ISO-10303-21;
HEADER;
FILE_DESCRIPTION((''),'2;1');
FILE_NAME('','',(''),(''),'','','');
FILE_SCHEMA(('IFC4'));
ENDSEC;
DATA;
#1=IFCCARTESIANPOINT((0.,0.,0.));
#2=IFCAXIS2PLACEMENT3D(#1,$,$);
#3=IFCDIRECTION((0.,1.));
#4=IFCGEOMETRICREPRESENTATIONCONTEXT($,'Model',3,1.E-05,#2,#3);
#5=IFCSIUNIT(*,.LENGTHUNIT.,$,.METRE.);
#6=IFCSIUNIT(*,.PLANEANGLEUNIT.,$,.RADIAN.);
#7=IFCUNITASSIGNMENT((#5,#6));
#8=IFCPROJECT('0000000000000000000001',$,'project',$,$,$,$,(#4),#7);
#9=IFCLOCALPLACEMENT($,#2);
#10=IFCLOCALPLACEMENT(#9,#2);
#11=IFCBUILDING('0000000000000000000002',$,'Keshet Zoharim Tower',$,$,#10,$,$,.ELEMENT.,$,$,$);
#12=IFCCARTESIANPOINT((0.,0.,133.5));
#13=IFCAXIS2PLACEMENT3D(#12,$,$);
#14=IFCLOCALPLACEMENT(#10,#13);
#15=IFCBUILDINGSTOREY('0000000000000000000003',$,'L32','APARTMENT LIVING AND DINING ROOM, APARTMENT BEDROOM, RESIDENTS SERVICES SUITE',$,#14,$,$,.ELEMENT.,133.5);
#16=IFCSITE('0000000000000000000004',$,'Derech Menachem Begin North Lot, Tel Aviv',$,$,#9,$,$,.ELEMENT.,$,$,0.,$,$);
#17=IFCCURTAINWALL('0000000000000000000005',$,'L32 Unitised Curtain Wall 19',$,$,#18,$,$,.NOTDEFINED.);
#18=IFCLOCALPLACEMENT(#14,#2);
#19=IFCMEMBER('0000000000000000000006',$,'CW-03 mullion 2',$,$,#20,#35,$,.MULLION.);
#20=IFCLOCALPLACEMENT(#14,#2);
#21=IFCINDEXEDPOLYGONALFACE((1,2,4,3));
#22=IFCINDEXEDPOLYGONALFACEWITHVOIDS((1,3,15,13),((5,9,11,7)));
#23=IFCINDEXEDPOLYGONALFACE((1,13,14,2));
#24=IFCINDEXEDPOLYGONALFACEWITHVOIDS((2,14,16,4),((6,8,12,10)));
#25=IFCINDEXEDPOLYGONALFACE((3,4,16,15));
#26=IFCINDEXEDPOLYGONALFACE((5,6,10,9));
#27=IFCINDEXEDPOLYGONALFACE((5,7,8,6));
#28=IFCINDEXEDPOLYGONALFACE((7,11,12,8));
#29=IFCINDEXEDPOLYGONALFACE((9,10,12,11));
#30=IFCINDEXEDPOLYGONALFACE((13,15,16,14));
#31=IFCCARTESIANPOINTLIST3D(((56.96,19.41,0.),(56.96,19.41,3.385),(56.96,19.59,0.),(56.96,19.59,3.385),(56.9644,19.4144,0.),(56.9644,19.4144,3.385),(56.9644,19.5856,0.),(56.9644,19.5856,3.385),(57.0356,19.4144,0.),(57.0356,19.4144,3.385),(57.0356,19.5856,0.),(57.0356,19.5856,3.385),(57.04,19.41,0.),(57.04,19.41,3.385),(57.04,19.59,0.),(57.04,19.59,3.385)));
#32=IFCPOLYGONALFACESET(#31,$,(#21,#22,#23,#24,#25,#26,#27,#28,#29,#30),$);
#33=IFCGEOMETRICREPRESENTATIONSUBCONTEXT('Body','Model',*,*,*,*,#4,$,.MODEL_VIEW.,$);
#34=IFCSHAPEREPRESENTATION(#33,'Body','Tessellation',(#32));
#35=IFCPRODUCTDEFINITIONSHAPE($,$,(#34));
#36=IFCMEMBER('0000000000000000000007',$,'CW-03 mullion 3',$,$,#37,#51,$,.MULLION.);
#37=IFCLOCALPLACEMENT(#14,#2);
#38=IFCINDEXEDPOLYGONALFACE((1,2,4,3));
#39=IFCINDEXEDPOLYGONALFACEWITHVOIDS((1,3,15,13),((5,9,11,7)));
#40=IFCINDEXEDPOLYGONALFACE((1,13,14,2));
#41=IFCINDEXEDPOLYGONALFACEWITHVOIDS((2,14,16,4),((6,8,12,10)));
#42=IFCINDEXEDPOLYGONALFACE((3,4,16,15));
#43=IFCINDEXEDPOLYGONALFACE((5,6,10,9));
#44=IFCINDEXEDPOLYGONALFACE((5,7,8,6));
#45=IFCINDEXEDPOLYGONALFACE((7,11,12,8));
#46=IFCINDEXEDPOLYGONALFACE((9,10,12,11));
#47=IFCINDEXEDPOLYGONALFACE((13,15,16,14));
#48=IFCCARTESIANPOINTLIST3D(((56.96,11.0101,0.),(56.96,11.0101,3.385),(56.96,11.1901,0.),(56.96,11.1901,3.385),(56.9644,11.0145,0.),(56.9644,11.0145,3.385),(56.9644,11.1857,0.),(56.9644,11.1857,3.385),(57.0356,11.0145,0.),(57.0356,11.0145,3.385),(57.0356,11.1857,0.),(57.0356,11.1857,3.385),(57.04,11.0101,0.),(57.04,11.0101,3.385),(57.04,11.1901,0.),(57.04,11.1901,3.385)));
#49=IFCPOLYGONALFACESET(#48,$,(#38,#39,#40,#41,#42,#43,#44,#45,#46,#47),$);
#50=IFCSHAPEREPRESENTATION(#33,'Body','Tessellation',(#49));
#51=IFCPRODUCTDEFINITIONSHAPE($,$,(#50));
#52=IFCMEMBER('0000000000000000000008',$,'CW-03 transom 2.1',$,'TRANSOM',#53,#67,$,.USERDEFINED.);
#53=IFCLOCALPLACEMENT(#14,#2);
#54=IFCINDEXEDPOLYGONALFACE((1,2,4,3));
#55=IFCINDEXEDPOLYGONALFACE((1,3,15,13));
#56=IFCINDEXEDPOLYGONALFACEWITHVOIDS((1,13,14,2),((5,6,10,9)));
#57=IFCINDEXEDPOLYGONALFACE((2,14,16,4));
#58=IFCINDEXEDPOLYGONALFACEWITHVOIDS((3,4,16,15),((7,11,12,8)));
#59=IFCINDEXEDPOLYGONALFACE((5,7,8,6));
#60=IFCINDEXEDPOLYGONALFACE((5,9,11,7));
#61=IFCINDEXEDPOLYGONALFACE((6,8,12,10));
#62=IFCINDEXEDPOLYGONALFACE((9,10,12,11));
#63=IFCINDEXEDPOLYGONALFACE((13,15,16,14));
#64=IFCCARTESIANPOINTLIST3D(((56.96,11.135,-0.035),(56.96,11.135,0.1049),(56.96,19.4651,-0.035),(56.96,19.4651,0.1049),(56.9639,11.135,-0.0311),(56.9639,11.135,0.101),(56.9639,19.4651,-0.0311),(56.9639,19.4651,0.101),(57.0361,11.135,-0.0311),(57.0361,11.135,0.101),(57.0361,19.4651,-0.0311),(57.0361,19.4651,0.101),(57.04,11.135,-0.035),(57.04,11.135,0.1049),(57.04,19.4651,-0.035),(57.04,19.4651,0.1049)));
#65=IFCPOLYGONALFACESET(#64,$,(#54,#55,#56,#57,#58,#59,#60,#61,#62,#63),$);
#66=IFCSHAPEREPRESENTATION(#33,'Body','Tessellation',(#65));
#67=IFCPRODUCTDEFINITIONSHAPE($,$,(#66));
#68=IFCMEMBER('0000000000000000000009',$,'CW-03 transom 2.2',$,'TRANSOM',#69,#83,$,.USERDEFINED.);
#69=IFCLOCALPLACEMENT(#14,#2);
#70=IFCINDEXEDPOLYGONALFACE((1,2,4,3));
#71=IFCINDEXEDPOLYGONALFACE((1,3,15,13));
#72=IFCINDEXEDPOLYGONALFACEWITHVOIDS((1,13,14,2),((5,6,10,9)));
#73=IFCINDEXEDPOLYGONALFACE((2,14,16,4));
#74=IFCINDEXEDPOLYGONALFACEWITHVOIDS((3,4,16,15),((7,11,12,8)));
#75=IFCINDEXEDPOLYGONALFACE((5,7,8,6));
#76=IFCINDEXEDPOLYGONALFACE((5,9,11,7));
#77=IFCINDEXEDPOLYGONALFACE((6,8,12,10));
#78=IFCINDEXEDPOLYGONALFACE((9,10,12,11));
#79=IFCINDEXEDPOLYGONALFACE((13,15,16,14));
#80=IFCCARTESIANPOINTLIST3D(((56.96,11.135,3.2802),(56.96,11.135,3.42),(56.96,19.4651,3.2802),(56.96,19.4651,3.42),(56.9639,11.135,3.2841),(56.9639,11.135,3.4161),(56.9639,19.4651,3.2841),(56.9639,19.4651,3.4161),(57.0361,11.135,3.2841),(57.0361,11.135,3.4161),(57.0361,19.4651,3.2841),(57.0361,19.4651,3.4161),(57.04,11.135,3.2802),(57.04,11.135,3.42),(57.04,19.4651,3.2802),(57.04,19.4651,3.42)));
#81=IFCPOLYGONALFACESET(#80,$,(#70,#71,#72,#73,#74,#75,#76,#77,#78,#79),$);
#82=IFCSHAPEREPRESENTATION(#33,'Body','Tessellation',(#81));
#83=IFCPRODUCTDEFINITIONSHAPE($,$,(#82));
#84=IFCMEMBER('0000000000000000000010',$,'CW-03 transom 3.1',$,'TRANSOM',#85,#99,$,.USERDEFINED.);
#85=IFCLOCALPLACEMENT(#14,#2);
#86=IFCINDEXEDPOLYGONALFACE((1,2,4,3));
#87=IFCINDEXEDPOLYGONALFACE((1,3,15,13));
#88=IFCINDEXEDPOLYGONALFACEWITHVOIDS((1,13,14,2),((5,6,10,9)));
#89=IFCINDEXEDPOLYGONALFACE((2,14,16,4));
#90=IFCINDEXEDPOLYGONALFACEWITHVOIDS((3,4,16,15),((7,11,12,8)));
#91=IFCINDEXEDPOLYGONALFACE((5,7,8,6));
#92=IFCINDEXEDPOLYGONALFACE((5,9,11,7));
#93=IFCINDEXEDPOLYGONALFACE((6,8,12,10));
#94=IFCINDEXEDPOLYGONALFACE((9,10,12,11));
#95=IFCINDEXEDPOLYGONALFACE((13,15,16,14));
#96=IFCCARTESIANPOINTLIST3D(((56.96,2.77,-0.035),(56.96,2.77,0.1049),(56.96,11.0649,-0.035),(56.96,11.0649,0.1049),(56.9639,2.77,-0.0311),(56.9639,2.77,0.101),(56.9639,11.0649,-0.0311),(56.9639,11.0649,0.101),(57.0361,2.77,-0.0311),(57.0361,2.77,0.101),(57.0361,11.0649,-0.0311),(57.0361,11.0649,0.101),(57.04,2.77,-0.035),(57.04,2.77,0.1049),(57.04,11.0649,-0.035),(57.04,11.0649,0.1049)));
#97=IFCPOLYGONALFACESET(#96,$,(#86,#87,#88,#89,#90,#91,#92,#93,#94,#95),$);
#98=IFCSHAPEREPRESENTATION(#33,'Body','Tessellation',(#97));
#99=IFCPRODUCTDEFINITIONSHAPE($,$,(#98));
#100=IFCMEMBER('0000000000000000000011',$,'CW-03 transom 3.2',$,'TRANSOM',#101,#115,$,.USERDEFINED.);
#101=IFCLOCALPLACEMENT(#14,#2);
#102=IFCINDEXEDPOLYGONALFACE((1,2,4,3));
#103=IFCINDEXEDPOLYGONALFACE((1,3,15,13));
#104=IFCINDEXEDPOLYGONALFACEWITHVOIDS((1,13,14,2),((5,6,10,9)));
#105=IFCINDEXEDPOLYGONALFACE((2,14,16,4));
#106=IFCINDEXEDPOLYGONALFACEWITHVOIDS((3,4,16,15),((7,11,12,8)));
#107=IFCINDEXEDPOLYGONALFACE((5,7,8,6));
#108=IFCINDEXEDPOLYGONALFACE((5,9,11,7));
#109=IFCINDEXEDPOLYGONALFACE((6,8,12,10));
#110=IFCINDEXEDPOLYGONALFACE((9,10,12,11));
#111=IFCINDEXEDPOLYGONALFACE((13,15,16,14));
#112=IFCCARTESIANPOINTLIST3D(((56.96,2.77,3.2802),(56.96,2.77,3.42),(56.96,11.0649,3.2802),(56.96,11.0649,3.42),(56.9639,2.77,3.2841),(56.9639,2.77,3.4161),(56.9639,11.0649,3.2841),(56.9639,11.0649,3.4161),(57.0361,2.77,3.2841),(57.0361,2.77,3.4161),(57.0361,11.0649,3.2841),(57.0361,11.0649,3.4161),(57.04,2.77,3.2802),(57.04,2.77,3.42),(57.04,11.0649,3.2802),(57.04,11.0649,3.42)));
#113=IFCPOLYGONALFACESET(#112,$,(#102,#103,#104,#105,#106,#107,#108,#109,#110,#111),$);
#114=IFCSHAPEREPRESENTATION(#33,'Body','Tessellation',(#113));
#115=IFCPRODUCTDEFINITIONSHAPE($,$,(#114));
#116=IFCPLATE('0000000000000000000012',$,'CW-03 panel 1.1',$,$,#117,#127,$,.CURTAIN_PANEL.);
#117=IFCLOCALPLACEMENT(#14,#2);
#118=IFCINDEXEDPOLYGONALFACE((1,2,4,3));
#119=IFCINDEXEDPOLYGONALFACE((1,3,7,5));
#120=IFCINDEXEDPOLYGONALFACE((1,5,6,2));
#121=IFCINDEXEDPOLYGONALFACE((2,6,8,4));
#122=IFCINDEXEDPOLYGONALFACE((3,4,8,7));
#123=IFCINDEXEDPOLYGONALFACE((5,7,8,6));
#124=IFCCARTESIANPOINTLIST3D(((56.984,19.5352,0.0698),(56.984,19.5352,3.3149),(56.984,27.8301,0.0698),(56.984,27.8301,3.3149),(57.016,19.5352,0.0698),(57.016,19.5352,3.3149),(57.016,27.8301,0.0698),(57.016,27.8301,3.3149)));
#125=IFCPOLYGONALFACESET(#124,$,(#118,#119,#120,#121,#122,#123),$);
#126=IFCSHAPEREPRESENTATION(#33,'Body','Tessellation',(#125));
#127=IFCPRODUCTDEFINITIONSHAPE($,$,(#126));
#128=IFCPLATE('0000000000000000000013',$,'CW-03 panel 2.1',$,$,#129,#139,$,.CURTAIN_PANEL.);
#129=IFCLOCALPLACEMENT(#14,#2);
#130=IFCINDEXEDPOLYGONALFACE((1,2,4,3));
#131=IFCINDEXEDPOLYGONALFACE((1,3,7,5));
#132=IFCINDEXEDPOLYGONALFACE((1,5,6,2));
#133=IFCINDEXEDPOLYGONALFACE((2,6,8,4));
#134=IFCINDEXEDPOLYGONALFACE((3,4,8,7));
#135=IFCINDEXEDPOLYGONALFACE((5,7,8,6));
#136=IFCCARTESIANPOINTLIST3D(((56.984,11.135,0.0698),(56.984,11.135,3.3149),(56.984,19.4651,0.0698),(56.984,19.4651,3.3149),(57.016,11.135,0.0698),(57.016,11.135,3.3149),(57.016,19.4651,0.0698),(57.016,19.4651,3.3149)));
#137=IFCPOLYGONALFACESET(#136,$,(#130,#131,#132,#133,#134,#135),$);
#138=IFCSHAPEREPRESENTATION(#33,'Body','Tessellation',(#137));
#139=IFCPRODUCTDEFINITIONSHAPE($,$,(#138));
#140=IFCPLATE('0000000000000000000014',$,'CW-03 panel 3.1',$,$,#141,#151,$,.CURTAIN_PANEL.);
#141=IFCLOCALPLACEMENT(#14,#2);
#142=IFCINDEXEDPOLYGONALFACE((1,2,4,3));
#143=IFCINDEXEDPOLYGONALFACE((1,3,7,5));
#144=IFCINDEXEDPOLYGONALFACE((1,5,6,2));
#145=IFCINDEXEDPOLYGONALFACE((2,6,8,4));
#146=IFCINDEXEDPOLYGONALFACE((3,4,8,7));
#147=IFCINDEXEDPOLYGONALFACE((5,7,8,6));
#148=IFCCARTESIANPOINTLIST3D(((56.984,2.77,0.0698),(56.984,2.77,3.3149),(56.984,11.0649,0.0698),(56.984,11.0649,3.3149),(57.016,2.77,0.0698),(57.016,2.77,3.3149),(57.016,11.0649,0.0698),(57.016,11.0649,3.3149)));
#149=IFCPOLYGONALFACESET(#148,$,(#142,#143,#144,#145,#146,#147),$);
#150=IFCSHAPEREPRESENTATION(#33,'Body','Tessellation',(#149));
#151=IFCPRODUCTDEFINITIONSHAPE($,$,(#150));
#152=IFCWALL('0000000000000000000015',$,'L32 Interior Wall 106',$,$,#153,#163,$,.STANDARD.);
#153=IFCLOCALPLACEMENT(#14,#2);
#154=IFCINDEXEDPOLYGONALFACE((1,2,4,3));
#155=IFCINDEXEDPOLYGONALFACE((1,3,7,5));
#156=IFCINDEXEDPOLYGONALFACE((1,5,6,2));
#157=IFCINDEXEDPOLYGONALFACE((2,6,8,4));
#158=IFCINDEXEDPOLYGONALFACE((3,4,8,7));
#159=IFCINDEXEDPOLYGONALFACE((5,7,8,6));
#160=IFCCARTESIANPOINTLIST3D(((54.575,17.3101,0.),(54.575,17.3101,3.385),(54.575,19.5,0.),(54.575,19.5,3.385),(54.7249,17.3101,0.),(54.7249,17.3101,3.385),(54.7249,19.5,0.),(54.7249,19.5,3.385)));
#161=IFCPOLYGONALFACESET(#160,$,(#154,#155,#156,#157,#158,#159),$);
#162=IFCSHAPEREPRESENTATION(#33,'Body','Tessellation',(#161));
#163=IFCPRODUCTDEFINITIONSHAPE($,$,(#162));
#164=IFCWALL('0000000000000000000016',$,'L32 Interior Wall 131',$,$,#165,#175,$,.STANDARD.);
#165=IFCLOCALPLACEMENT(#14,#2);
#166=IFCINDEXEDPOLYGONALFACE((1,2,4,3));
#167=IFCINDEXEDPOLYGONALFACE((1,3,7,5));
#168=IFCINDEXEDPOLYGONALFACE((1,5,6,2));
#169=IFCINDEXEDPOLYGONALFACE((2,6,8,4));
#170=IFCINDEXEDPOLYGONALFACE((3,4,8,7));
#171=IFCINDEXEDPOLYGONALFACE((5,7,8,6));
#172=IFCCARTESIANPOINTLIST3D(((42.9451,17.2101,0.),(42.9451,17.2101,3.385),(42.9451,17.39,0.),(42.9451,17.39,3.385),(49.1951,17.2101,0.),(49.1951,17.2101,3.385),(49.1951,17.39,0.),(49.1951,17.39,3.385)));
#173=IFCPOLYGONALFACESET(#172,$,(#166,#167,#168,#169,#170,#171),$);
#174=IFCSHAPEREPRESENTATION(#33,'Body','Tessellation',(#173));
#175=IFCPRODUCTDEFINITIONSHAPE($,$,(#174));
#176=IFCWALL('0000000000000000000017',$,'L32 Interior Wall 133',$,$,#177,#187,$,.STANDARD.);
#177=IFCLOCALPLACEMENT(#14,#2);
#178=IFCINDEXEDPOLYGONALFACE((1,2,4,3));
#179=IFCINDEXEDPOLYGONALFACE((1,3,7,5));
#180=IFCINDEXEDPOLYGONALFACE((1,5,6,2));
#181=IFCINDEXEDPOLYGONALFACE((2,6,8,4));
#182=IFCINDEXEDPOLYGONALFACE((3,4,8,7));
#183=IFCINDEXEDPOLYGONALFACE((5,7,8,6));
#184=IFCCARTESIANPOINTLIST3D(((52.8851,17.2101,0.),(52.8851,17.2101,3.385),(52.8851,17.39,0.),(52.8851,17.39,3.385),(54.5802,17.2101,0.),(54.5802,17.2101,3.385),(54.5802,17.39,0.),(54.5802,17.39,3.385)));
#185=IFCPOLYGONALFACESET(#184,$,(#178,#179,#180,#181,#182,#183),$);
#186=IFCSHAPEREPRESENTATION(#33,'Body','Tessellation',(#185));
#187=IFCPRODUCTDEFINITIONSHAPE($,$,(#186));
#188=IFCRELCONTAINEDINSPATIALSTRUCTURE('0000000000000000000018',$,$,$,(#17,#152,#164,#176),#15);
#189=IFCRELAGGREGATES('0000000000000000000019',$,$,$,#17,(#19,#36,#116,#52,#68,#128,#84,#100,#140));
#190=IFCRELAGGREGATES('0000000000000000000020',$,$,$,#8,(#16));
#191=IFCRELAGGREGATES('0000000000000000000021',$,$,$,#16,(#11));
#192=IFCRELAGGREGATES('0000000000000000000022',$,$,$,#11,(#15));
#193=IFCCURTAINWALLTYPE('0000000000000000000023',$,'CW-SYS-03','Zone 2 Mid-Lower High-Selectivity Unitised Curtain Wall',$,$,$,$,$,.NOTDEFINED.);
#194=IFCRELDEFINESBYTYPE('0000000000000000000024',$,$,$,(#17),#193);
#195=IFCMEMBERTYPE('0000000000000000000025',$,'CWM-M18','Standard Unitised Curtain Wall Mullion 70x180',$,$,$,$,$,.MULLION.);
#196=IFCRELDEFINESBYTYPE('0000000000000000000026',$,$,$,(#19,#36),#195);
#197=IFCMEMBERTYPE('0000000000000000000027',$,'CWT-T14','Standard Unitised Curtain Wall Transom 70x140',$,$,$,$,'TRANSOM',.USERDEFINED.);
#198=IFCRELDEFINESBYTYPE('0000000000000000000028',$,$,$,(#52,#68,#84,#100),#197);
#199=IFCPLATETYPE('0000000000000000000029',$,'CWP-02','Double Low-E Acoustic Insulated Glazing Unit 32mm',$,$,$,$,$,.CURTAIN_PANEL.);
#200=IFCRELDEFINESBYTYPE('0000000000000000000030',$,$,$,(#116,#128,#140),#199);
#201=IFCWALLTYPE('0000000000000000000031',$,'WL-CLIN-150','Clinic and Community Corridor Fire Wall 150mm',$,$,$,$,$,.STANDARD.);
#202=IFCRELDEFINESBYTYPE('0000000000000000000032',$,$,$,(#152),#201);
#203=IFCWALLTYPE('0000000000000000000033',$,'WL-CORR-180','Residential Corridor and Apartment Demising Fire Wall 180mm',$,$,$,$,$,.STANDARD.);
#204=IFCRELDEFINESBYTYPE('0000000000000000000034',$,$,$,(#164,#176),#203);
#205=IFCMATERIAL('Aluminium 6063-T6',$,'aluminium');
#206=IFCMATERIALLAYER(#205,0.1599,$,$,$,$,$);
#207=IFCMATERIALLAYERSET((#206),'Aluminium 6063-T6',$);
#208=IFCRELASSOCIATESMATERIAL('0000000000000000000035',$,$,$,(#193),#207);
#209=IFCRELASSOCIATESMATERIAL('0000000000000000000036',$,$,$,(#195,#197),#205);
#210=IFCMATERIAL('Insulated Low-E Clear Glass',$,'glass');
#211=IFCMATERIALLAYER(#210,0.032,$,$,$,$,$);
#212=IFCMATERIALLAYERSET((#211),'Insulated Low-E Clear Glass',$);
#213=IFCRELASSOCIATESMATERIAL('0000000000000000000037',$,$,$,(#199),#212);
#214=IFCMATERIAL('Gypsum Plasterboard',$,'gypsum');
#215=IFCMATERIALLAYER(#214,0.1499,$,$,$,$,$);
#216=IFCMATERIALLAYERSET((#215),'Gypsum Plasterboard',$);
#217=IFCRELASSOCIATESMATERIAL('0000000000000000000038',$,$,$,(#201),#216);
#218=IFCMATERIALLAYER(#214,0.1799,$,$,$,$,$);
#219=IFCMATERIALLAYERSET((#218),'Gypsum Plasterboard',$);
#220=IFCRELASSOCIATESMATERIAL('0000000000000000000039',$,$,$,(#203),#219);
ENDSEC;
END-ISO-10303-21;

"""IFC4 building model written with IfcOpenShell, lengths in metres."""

from ifc_helpers import new_model, si_unit, direction, frame, frame_2d, origin, origin_2d, place, context, subcontext, project, spatial, rectangle, hollow_rectangle, extrude, material, layer, layer_set, material_profile, profile_set, type_object, element, aggregate, save


model = new_model("IFC4")

# Units and contexts
model_context = context("Model", 3, precision=1e-05, world=origin(), true_north=direction((0.0, 1.0)))
body_context = subcontext(model_context, "Body", "Model", "MODEL_VIEW")
ifc_project = project(units=[si_unit("LENGTHUNIT", "METRE"), si_unit("PLANEANGLEUNIT", "RADIAN")], contexts=[model_context])

# Site, building, storey
site_placement = place(None, origin())
site = spatial("IfcSite", under=ifc_project, at=site_placement, Name="Derech Menachem Begin North Lot, Tel Aviv", CompositionType="ELEMENT", RefElevation=0.0)
building_placement = place(site_placement, origin())
building = spatial("IfcBuilding", under=site, at=building_placement, Name="Keshet Zoharim Tower", CompositionType="ELEMENT")
storey_placement = place(building_placement, frame((0.0, 0.0, 133.5)))
storey = spatial("IfcBuildingStorey", under=building, at=storey_placement, Name="L32", Description="APARTMENT LIVING AND DINING ROOM, APARTMENT BEDROOM, RESIDENTS SERVICES SUITE", CompositionType="ELEMENT", Elevation=133.5)

# Curtain wall, members, plates
ifc_material_1 = material(Name="Aluminium 6063-T6", Category="aluminium")
ifc_layer_1 = layer(ifc_material_1, 0.1599)
ifc_layer_set_1 = layer_set([ifc_layer_1], Name="Aluminium 6063-T6")
curtain_wall_type = type_object("IfcCurtainWallType", Name="CW-SYS-03", Description="Zone 2 Mid-Lower High-Selectivity Unitised Curtain Wall", PredefinedType="NOTDEFINED", material=ifc_layer_set_1)
curtain_wall_placement = place(storey_placement, origin())
curtain_wall = element("IfcCurtainWall", 1, at=curtain_wall_placement, inside=storey, type_object=curtain_wall_type, Name="L32 Unitised Curtain Wall 19", PredefinedType="NOTDEFINED")
ifc_material_profile_1 = material_profile(ifc_material_1, hollow_rectangle(XDim=0.0801, YDim=0.1799, WallThickness=0.0044, at=origin_2d()), Name="MUL-80x180")
ifc_profile_set_1 = profile_set([ifc_material_profile_1], Name="Aluminium 6063-T6")
member_type_1 = type_object("IfcMemberType", Name="CWM-M18", Description="Standard Unitised Curtain Wall Mullion 70x180", PredefinedType="MULLION", material=ifc_profile_set_1)
member_1_placement = place(storey_placement, frame((57.0, 19.5, 0.0), z_axis=(0.0, 0.0, 1.0), x_axis=(1.0, 0.0, 0.0)))
member_1 = element("IfcMember", 2, at=member_1_placement, type_object=member_type_1, Name="CW-03 mullion 2", PredefinedType="MULLION", context=body_context, shape_type="SweptSolid", body=[
    extrude(hollow_rectangle(XDim=0.0801, YDim=0.1799, WallThickness=0.0044, at=origin_2d()), origin(), (0.0, 0.0, 1.0), 3.385),
])
member_2_placement = place(storey_placement, frame((57.0, 11.1001, 0.0), z_axis=(0.0, 0.0, 1.0), x_axis=(1.0, 0.0, 0.0)))
member_2 = element("IfcMember", 3, at=member_2_placement, type_object=member_type_1, Name="CW-03 mullion 3", PredefinedType="MULLION", context=body_context, shape_type="SweptSolid", body=[
    extrude(hollow_rectangle(XDim=0.0801, YDim=0.1799, WallThickness=0.0044, at=origin_2d()), origin(), (0.0, 0.0, 1.0), 3.385),
])
ifc_material_profile_2 = material_profile(ifc_material_1, hollow_rectangle(XDim=0.0801, YDim=0.1399, WallThickness=0.0039, at=origin_2d()), Name="TRN-80x140")
ifc_profile_set_2 = profile_set([ifc_material_profile_2], Name="Aluminium 6063-T6")
member_type_2 = type_object("IfcMemberType", Name="CWT-T14", Description="Standard Unitised Curtain Wall Transom 70x140", ElementType="TRANSOM", PredefinedType="USERDEFINED", material=ifc_profile_set_2)
member_3_placement = place(storey_placement, frame((57.0, 19.4651, 0.0349), z_axis=(0.0, -1.0, 0.0), x_axis=(1.0, 0.0, 0.0)))
member_3 = element("IfcMember", 4, at=member_3_placement, type_object=member_type_2, Name="CW-03 transom 2.1", ObjectType="TRANSOM", PredefinedType="USERDEFINED", context=body_context, shape_type="SweptSolid", body=[
    extrude(hollow_rectangle(XDim=0.0801, YDim=0.1399, WallThickness=0.0039, at=origin_2d()), origin(), (0.0, 0.0, 1.0), 8.3301),
])
member_4_placement = place(storey_placement, frame((57.0, 19.4651, 3.3501), z_axis=(0.0, -1.0, 0.0), x_axis=(1.0, 0.0, 0.0)))
member_4 = element("IfcMember", 5, at=member_4_placement, type_object=member_type_2, Name="CW-03 transom 2.2", ObjectType="TRANSOM", PredefinedType="USERDEFINED", context=body_context, shape_type="SweptSolid", body=[
    extrude(hollow_rectangle(XDim=0.0801, YDim=0.1399, WallThickness=0.0039, at=origin_2d()), origin(), (0.0, 0.0, 1.0), 8.3301),
])
member_5_placement = place(storey_placement, frame((57.0, 11.0649, 0.0349), z_axis=(0.0, -1.0, 0.0), x_axis=(1.0, 0.0, 0.0)))
member_5 = element("IfcMember", 6, at=member_5_placement, type_object=member_type_2, Name="CW-03 transom 3.1", ObjectType="TRANSOM", PredefinedType="USERDEFINED", context=body_context, shape_type="SweptSolid", body=[
    extrude(hollow_rectangle(XDim=0.0801, YDim=0.1399, WallThickness=0.0039, at=origin_2d()), origin(), (0.0, 0.0, 1.0), 8.2949),
])
member_6_placement = place(storey_placement, frame((57.0, 11.0649, 3.3501), z_axis=(0.0, -1.0, 0.0), x_axis=(1.0, 0.0, 0.0)))
member_6 = element("IfcMember", 7, at=member_6_placement, type_object=member_type_2, Name="CW-03 transom 3.2", ObjectType="TRANSOM", PredefinedType="USERDEFINED", context=body_context, shape_type="SweptSolid", body=[
    extrude(hollow_rectangle(XDim=0.0801, YDim=0.1399, WallThickness=0.0039, at=origin_2d()), origin(), (0.0, 0.0, 1.0), 8.2949),
])
ifc_material_2 = material(Name="Insulated Low-E Clear Glass", Category="glass")
ifc_layer_2 = layer(ifc_material_2, 0.032)
ifc_layer_set_2 = layer_set([ifc_layer_2], Name="Insulated Low-E Clear Glass")
plate_type = type_object("IfcPlateType", Name="CWP-02", Description="Double Low-E Acoustic Insulated Glazing Unit 32mm", PredefinedType="CURTAIN_PANEL", material=ifc_layer_set_2)
plate_1_placement = place(storey_placement, frame((57.0, 23.6826, 0.0698), z_axis=(0.0, 0.0, 1.0), x_axis=(0.0, -1.0, 0.0)))
plate_1 = element("IfcPlate", 8, at=plate_1_placement, type_object=plate_type, Name="CW-03 panel 1.1", PredefinedType="CURTAIN_PANEL", context=body_context, shape_type="SweptSolid", body=[
    extrude(rectangle(XDim=8.2949, YDim=0.032, at=origin_2d()), origin(), (0.0, 0.0, 1.0), 3.2451),
])
plate_2_placement = place(storey_placement, frame((57.0, 15.3, 0.0698), z_axis=(0.0, 0.0, 1.0), x_axis=(0.0, -1.0, 0.0)))
plate_2 = element("IfcPlate", 9, at=plate_2_placement, type_object=plate_type, Name="CW-03 panel 2.1", PredefinedType="CURTAIN_PANEL", context=body_context, shape_type="SweptSolid", body=[
    extrude(rectangle(XDim=8.3301, YDim=0.032, at=origin_2d()), origin(), (0.0, 0.0, 1.0), 3.2451),
])
plate_3_placement = place(storey_placement, frame((57.0, 6.9175, 0.0698), z_axis=(0.0, 0.0, 1.0), x_axis=(0.0, -1.0, 0.0)))
plate_3 = element("IfcPlate", 10, at=plate_3_placement, type_object=plate_type, Name="CW-03 panel 3.1", PredefinedType="CURTAIN_PANEL", context=body_context, shape_type="SweptSolid", body=[
    extrude(rectangle(XDim=8.2949, YDim=0.032, at=origin_2d()), origin(), (0.0, 0.0, 1.0), 3.2451),
])
aggregate(curtain_wall, [member_1, member_2, plate_1, member_3, member_4, plate_2, member_5, member_6, plate_3])

# Walls
ifc_material_3 = material(Name="Gypsum Plasterboard", Category="gypsum")
ifc_layer_3 = layer(ifc_material_3, 0.1499)
ifc_layer_set_3 = layer_set([ifc_layer_3], Name="Gypsum Plasterboard")
wall_type_1 = type_object("IfcWallType", Name="WL-CLIN-150", Description="Clinic and Community Corridor Fire Wall 150mm", PredefinedType="STANDARD", material=ifc_layer_set_3)
wall_1_placement = place(storey_placement, frame((54.6499, 17.3101, 0.0), z_axis=(0.0, 0.0, 1.0), x_axis=(0.0, 1.0, 0.0)))
element("IfcWall", 11, at=wall_1_placement, inside=storey, type_object=wall_type_1, Name="L32 Interior Wall 106", PredefinedType="STANDARD", context=body_context, shape_type="SweptSolid", body=[
    extrude(rectangle(XDim=2.1899, YDim=0.1499, at=frame_2d((1.095, 0.0))), origin(), (0.0, 0.0, 1.0), 3.385),
])
ifc_layer_4 = layer(ifc_material_3, 0.1799)
ifc_layer_set_4 = layer_set([ifc_layer_4], Name="Gypsum Plasterboard")
wall_type_2 = type_object("IfcWallType", Name="WL-CORR-180", Description="Residential Corridor and Apartment Demising Fire Wall 180mm", PredefinedType="STANDARD", material=ifc_layer_set_4)
wall_2_placement = place(storey_placement, frame((42.9451, 17.3, 0.0), z_axis=(0.0, 0.0, 1.0), x_axis=(1.0, 0.0, 0.0)))
element("IfcWall", 12, at=wall_2_placement, inside=storey, type_object=wall_type_2, Name="L32 Interior Wall 131", PredefinedType="STANDARD", context=body_context, shape_type="SweptSolid", body=[
    extrude(rectangle(XDim=6.25, YDim=0.1799, at=frame_2d((3.125, 0.0))), origin(), (0.0, 0.0, 1.0), 3.385),
])

# Wall
wall_3_placement = place(storey_placement, frame((52.885, 17.3, 0.0), z_axis=(0.0, 0.0, 1.0), x_axis=(1.0, 0.0, 0.0)))
element("IfcWall", 13, at=wall_3_placement, inside=storey, type_object=wall_type_2, Name="L32 Interior Wall 133", PredefinedType="STANDARD", context=body_context, shape_type="SweptSolid", body=[
    extrude(rectangle(XDim=1.6951, YDim=0.1799, at=frame_2d((0.8477, 0.0))), origin(), (0.0, 0.0, 1.0), 3.385),
])

save(model, "model.ifc")
